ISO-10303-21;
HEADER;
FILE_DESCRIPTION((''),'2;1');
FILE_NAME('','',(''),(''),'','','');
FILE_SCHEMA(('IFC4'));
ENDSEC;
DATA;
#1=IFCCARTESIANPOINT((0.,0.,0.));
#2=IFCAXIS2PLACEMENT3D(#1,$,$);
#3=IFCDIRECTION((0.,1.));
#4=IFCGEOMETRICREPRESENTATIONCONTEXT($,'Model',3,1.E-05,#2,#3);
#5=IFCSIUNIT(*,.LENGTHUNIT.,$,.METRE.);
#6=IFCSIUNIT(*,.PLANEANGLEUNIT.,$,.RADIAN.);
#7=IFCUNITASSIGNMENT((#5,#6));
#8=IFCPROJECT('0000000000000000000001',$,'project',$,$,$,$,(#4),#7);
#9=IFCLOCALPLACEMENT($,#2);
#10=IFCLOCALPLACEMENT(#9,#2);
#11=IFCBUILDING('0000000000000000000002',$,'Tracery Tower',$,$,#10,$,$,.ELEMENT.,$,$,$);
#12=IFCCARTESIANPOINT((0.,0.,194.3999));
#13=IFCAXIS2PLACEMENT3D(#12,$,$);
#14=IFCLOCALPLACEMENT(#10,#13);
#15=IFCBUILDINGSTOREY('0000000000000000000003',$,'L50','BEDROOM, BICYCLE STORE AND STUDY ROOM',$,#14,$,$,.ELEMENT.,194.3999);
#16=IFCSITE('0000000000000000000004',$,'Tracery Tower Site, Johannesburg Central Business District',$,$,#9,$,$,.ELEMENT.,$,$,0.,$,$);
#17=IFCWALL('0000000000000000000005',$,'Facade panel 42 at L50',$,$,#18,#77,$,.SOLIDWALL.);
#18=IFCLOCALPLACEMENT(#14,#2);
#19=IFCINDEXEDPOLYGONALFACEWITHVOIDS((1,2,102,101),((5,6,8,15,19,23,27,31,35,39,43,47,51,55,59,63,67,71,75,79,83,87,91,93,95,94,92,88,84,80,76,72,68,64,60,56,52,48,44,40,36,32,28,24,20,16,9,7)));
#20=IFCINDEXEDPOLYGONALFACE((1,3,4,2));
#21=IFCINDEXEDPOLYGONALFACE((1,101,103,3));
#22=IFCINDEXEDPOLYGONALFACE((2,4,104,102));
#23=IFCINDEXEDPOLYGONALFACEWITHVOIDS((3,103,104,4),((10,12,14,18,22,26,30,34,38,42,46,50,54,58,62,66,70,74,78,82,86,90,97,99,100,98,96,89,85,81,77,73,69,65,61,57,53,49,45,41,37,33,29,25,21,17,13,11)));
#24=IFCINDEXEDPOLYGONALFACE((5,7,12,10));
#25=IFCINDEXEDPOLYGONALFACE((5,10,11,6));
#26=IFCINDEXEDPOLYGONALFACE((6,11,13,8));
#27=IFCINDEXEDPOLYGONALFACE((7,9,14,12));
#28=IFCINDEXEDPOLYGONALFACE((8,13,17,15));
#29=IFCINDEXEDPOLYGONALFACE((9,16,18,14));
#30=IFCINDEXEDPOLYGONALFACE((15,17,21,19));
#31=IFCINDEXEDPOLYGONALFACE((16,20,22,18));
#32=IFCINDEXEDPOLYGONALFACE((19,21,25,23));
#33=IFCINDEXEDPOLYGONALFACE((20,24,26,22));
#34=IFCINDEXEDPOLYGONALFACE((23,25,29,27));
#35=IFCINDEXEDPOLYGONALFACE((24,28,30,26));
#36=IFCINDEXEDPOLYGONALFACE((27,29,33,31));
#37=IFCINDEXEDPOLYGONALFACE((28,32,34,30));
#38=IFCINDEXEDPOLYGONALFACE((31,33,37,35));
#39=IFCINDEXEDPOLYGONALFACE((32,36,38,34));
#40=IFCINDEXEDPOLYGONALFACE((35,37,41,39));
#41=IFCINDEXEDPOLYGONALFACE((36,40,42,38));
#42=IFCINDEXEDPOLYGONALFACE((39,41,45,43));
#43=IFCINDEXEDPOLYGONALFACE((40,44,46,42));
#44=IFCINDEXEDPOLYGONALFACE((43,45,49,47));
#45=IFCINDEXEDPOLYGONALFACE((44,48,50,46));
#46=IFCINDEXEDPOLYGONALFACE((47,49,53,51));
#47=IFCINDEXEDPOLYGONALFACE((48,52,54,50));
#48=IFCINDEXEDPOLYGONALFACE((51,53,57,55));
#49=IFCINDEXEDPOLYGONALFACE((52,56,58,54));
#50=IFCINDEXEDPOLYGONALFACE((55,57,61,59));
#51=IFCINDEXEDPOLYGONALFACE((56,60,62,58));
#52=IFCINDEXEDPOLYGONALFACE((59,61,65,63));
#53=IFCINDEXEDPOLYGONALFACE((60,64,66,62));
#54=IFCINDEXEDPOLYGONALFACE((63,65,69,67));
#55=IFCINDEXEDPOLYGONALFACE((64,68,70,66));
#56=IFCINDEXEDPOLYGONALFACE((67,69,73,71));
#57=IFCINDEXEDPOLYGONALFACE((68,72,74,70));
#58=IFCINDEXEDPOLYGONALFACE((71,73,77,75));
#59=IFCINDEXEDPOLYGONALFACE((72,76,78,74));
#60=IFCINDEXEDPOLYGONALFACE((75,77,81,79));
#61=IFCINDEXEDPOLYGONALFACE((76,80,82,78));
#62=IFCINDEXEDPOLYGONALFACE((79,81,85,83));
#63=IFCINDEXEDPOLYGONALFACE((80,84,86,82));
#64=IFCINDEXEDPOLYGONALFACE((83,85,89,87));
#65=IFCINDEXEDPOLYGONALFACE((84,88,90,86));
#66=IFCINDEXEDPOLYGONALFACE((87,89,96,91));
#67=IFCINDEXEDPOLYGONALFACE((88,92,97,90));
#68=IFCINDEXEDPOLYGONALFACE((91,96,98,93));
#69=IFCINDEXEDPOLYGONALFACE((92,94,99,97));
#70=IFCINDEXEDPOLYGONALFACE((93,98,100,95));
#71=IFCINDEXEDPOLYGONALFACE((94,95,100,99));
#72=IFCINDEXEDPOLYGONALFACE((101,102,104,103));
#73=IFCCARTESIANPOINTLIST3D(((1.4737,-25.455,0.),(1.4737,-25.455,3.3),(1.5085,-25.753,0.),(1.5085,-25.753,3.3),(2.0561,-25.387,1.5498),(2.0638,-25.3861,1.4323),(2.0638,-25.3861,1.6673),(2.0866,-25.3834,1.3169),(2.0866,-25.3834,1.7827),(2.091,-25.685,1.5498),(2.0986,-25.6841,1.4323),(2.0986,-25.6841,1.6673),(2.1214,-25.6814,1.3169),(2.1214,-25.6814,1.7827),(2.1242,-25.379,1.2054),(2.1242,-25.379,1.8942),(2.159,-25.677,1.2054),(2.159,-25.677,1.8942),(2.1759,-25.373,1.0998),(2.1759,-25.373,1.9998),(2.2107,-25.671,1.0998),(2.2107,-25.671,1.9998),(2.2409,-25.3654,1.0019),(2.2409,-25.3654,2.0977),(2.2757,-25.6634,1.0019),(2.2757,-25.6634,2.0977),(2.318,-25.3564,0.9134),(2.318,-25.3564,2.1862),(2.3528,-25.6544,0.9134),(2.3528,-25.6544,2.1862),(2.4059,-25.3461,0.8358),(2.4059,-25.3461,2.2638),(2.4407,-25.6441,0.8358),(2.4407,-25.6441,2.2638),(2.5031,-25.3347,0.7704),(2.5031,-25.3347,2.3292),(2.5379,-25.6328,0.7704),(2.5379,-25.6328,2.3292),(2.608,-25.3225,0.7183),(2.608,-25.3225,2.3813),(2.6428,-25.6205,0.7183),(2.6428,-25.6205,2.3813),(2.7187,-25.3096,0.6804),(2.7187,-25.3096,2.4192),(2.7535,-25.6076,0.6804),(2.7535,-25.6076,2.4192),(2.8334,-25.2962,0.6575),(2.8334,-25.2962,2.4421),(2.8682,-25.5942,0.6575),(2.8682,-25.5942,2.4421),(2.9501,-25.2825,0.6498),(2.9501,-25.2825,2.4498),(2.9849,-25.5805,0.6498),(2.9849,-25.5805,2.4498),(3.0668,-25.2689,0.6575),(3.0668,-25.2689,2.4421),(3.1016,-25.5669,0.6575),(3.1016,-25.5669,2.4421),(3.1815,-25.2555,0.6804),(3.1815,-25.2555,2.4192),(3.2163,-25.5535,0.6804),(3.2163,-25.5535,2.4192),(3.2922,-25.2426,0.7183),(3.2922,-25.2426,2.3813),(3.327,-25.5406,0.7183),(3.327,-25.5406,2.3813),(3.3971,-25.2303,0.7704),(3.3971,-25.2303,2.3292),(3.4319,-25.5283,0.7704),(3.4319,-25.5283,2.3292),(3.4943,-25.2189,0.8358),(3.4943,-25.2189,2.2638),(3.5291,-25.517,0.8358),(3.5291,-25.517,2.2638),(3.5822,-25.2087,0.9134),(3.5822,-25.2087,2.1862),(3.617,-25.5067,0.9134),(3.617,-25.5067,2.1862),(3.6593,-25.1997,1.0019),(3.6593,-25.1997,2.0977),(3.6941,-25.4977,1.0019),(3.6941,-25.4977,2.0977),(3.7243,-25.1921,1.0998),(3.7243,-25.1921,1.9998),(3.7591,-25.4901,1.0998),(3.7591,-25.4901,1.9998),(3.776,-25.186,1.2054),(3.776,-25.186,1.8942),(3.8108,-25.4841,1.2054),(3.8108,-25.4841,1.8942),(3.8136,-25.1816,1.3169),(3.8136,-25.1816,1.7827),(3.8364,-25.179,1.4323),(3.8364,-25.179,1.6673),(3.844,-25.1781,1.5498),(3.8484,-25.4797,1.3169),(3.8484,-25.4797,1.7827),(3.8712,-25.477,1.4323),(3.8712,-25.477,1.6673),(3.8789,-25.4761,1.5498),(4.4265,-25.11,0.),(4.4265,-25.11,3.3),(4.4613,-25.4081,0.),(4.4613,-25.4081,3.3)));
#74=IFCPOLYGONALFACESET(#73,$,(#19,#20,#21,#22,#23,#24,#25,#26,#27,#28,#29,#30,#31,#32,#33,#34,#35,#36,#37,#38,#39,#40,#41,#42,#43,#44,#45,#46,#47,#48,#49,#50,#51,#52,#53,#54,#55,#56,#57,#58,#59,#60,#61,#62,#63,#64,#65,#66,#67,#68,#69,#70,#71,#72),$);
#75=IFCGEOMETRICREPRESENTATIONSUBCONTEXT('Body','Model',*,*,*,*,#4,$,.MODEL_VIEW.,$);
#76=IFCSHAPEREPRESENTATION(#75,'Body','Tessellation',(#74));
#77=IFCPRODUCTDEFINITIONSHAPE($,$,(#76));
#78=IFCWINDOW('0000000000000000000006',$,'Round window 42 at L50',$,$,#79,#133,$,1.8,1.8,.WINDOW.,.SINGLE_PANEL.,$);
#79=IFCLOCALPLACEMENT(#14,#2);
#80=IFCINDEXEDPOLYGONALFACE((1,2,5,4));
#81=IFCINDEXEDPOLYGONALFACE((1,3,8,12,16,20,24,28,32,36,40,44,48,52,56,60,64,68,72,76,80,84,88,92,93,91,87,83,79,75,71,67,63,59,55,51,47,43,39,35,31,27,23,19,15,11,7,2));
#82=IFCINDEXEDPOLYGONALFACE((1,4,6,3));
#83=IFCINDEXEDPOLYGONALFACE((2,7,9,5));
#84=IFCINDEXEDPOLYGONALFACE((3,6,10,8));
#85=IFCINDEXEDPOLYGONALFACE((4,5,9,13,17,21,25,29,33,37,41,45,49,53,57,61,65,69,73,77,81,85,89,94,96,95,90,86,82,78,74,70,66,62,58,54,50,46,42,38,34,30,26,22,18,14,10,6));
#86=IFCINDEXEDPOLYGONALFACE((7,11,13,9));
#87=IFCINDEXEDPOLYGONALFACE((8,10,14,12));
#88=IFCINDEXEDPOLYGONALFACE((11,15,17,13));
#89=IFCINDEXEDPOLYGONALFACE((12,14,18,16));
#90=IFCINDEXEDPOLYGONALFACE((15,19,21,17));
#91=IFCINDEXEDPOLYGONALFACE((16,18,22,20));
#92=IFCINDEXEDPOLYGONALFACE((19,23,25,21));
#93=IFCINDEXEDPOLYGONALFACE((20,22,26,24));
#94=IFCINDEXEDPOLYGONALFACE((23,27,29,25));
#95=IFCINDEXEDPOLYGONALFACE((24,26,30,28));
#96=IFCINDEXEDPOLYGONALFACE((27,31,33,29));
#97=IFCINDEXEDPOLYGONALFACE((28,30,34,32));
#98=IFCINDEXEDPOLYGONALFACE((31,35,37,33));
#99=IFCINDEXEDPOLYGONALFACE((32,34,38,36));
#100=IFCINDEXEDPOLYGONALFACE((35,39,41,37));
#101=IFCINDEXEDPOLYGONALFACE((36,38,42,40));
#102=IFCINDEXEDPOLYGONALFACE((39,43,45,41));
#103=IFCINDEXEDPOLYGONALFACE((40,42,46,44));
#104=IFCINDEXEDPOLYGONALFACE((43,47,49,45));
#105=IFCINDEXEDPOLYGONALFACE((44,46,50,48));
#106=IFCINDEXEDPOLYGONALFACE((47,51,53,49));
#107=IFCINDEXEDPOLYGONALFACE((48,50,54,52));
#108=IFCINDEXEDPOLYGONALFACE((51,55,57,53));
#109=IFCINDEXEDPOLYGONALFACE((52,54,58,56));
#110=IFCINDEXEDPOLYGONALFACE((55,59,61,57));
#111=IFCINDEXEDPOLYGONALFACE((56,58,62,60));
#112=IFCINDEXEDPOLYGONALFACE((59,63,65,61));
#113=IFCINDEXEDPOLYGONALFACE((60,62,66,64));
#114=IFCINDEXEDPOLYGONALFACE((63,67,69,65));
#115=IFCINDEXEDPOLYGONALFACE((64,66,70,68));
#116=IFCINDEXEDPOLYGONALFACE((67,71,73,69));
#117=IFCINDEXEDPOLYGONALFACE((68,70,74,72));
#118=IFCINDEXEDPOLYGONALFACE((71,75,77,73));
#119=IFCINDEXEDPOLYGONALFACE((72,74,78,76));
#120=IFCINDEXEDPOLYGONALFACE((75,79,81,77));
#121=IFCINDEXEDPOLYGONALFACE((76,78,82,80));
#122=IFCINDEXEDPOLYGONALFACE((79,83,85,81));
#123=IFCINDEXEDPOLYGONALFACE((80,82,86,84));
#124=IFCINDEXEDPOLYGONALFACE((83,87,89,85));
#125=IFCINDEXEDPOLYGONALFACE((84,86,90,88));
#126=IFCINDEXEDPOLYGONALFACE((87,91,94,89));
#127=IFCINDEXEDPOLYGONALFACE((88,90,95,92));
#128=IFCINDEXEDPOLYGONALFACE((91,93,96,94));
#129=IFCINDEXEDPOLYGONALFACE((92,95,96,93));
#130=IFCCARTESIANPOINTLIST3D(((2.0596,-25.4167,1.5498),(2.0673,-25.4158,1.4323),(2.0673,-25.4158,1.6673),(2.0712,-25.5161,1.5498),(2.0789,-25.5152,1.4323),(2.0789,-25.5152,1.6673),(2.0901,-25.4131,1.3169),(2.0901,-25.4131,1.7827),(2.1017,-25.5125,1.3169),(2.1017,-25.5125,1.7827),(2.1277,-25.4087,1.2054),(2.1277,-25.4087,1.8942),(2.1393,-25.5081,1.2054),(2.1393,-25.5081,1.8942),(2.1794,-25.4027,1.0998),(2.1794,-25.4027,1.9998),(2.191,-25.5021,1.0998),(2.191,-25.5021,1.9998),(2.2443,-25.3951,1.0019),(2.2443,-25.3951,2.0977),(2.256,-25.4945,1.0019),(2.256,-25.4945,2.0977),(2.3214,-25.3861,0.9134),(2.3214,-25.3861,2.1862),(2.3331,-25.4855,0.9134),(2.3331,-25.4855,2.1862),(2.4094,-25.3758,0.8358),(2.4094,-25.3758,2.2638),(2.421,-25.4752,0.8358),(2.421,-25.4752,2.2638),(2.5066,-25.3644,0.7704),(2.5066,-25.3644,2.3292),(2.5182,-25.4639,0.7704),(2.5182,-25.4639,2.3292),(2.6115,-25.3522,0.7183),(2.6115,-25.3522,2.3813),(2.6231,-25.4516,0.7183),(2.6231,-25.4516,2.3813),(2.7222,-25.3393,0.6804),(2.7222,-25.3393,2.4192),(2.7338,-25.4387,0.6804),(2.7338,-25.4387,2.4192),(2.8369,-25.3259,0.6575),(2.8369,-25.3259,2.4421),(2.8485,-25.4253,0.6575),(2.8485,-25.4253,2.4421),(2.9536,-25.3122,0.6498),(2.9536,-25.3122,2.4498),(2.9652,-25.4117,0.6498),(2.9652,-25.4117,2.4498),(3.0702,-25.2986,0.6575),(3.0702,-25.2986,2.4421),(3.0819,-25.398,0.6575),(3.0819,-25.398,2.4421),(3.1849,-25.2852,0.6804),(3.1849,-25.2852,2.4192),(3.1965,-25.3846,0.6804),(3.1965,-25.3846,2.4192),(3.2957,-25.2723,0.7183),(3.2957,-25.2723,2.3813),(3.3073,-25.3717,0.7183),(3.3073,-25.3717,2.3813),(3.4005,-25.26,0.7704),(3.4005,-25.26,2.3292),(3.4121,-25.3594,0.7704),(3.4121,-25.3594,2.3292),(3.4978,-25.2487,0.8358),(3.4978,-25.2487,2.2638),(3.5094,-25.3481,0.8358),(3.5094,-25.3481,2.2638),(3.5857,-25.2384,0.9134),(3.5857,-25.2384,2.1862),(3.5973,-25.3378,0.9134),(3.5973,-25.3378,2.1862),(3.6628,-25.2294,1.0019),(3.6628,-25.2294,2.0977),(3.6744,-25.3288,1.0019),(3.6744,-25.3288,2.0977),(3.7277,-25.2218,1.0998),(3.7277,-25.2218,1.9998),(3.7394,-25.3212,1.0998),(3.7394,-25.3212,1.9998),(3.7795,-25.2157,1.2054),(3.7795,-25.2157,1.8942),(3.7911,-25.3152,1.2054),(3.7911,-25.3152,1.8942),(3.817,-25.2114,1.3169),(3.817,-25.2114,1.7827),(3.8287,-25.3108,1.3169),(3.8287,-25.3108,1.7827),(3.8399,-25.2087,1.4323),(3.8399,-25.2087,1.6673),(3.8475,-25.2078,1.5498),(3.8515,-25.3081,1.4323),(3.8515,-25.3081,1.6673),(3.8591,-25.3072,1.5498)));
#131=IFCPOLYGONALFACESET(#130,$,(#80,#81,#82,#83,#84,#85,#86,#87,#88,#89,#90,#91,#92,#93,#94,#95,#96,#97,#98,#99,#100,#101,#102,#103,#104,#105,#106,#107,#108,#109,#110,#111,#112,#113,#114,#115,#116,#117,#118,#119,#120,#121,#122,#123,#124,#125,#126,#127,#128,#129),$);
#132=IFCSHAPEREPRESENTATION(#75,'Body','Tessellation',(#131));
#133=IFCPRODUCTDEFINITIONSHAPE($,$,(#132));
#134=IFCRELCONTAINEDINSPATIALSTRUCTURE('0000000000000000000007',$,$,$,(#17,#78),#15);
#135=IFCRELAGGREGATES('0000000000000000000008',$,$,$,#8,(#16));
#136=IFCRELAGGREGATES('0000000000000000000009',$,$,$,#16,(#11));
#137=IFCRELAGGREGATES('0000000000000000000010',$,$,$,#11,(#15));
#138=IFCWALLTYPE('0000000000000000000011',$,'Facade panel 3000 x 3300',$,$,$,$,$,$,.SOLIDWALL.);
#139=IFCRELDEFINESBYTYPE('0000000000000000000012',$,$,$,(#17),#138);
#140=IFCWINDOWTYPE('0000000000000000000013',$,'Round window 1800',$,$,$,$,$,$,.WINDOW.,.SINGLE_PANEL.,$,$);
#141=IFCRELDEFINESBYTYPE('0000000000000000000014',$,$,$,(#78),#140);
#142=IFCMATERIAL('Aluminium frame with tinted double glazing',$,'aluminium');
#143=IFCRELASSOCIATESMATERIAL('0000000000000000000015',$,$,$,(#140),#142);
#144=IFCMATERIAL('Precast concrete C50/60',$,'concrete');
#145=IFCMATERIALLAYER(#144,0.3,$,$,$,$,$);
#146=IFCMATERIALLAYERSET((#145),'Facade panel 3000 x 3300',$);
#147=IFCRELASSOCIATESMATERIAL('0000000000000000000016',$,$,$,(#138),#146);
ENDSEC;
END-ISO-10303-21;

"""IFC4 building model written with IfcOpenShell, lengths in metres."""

from ifc_helpers import new_model, si_unit, direction, frame, frame_2d, origin, origin_2d, place, context, subcontext, project, spatial, rectangle, circle, extrude, material, layer, layer_set, type_object, element, fill, save


model = new_model("IFC4")

# Units and contexts
model_context = context("Model", 3, precision=1e-05, world=origin(), true_north=direction((0.0, 1.0)))
body_context = subcontext(model_context, "Body", "Model", "MODEL_VIEW")
ifc_project = project(units=[si_unit("LENGTHUNIT", "METRE"), si_unit("PLANEANGLEUNIT", "RADIAN")], contexts=[model_context])

# Site, building, storey
site_placement = place(None, origin())
site = spatial("IfcSite", under=ifc_project, at=site_placement, Name="Tracery Tower Site, Johannesburg Central Business District", CompositionType="ELEMENT", RefElevation=0.0)
building_placement = place(site_placement, origin())
building = spatial("IfcBuilding", under=site, at=building_placement, Name="Tracery Tower", CompositionType="ELEMENT")
storey_placement = place(building_placement, frame((0.0, 0.0, 194.3999)))
storey = spatial("IfcBuildingStorey", under=building, at=storey_placement, Name="L50", Description="BEDROOM, BICYCLE STORE AND STUDY ROOM", CompositionType="ELEMENT", Elevation=194.3999)

# Wall, opening, window
ifc_material_1 = material(Name="Aluminium frame with tinted double glazing", Category="aluminium")
window_type = type_object("IfcWindowType", Name="Round window 1800", PartitioningType="SINGLE_PANEL", PredefinedType="WINDOW", material=ifc_material_1)
ifc_material_2 = material(Name="Precast concrete C50/60", Category="concrete")
ifc_layer_1 = layer(ifc_material_2, 0.3)
ifc_layer_set_1 = layer_set([ifc_layer_1], Name="Facade panel 3000 x 3300")
wall_type_1 = type_object("IfcWallType", Name="Facade panel 3000 x 3300", PredefinedType="SOLIDWALL", material=ifc_layer_set_1)
wall_1_placement = place(storey_placement, frame((1.4912, -25.604, 0.0), z_axis=(0.0, 0.0, 1.0), x_axis=(0.993245, 0.116036, 0.0)))
wall_1 = element("IfcWall", 1, at=wall_1_placement, inside=storey, type_object=wall_type_1, Name="Facade panel 42 at L50", PredefinedType="SOLIDWALL", context=body_context, shape_type="SweptSolid", body=[
    extrude(rectangle(XDim=2.9729, YDim=0.3, at=frame_2d((1.4863, 0.0))), origin(), (0.0, 0.0, 1.0), 3.3),
])
opening_1_placement = place(wall_1_placement, frame((1.4863, 0.0, 1.5498)))
opening_1 = element("IfcOpeningElement", 2, at=opening_1_placement, cuts=wall_1, PredefinedType="OPENING", context=body_context, shape_type="SweptSolid", body=[
    extrude(circle(Radius=0.9, at=origin_2d()), frame((0.0, 0.1599, 0.0), z_axis=(0.0, -1.0, 0.0), x_axis=(1.0, 0.0, 0.0)), (0.0, 0.0, 1.0), 0.3201),
])
window_1_placement = place(opening_1_placement, origin())
window_1 = element("IfcWindow", 3, at=window_1_placement, inside=storey, type_object=window_type, Name="Round window 42 at L50", OverallHeight=1.8, OverallWidth=1.8, PartitioningType="SINGLE_PANEL", PredefinedType="WINDOW", context=body_context, shape_type="SweptSolid", body=[
    extrude(circle(Radius=0.9, at=origin_2d()), frame((0.0, 0.1201, 0.0), z_axis=(0.0, -1.0, 0.0), x_axis=(1.0, 0.0, 0.0)), (0.0, 0.0, 1.0), 0.1001),
])
fill(opening_1, window_1)

save(model, "model.ifc")
